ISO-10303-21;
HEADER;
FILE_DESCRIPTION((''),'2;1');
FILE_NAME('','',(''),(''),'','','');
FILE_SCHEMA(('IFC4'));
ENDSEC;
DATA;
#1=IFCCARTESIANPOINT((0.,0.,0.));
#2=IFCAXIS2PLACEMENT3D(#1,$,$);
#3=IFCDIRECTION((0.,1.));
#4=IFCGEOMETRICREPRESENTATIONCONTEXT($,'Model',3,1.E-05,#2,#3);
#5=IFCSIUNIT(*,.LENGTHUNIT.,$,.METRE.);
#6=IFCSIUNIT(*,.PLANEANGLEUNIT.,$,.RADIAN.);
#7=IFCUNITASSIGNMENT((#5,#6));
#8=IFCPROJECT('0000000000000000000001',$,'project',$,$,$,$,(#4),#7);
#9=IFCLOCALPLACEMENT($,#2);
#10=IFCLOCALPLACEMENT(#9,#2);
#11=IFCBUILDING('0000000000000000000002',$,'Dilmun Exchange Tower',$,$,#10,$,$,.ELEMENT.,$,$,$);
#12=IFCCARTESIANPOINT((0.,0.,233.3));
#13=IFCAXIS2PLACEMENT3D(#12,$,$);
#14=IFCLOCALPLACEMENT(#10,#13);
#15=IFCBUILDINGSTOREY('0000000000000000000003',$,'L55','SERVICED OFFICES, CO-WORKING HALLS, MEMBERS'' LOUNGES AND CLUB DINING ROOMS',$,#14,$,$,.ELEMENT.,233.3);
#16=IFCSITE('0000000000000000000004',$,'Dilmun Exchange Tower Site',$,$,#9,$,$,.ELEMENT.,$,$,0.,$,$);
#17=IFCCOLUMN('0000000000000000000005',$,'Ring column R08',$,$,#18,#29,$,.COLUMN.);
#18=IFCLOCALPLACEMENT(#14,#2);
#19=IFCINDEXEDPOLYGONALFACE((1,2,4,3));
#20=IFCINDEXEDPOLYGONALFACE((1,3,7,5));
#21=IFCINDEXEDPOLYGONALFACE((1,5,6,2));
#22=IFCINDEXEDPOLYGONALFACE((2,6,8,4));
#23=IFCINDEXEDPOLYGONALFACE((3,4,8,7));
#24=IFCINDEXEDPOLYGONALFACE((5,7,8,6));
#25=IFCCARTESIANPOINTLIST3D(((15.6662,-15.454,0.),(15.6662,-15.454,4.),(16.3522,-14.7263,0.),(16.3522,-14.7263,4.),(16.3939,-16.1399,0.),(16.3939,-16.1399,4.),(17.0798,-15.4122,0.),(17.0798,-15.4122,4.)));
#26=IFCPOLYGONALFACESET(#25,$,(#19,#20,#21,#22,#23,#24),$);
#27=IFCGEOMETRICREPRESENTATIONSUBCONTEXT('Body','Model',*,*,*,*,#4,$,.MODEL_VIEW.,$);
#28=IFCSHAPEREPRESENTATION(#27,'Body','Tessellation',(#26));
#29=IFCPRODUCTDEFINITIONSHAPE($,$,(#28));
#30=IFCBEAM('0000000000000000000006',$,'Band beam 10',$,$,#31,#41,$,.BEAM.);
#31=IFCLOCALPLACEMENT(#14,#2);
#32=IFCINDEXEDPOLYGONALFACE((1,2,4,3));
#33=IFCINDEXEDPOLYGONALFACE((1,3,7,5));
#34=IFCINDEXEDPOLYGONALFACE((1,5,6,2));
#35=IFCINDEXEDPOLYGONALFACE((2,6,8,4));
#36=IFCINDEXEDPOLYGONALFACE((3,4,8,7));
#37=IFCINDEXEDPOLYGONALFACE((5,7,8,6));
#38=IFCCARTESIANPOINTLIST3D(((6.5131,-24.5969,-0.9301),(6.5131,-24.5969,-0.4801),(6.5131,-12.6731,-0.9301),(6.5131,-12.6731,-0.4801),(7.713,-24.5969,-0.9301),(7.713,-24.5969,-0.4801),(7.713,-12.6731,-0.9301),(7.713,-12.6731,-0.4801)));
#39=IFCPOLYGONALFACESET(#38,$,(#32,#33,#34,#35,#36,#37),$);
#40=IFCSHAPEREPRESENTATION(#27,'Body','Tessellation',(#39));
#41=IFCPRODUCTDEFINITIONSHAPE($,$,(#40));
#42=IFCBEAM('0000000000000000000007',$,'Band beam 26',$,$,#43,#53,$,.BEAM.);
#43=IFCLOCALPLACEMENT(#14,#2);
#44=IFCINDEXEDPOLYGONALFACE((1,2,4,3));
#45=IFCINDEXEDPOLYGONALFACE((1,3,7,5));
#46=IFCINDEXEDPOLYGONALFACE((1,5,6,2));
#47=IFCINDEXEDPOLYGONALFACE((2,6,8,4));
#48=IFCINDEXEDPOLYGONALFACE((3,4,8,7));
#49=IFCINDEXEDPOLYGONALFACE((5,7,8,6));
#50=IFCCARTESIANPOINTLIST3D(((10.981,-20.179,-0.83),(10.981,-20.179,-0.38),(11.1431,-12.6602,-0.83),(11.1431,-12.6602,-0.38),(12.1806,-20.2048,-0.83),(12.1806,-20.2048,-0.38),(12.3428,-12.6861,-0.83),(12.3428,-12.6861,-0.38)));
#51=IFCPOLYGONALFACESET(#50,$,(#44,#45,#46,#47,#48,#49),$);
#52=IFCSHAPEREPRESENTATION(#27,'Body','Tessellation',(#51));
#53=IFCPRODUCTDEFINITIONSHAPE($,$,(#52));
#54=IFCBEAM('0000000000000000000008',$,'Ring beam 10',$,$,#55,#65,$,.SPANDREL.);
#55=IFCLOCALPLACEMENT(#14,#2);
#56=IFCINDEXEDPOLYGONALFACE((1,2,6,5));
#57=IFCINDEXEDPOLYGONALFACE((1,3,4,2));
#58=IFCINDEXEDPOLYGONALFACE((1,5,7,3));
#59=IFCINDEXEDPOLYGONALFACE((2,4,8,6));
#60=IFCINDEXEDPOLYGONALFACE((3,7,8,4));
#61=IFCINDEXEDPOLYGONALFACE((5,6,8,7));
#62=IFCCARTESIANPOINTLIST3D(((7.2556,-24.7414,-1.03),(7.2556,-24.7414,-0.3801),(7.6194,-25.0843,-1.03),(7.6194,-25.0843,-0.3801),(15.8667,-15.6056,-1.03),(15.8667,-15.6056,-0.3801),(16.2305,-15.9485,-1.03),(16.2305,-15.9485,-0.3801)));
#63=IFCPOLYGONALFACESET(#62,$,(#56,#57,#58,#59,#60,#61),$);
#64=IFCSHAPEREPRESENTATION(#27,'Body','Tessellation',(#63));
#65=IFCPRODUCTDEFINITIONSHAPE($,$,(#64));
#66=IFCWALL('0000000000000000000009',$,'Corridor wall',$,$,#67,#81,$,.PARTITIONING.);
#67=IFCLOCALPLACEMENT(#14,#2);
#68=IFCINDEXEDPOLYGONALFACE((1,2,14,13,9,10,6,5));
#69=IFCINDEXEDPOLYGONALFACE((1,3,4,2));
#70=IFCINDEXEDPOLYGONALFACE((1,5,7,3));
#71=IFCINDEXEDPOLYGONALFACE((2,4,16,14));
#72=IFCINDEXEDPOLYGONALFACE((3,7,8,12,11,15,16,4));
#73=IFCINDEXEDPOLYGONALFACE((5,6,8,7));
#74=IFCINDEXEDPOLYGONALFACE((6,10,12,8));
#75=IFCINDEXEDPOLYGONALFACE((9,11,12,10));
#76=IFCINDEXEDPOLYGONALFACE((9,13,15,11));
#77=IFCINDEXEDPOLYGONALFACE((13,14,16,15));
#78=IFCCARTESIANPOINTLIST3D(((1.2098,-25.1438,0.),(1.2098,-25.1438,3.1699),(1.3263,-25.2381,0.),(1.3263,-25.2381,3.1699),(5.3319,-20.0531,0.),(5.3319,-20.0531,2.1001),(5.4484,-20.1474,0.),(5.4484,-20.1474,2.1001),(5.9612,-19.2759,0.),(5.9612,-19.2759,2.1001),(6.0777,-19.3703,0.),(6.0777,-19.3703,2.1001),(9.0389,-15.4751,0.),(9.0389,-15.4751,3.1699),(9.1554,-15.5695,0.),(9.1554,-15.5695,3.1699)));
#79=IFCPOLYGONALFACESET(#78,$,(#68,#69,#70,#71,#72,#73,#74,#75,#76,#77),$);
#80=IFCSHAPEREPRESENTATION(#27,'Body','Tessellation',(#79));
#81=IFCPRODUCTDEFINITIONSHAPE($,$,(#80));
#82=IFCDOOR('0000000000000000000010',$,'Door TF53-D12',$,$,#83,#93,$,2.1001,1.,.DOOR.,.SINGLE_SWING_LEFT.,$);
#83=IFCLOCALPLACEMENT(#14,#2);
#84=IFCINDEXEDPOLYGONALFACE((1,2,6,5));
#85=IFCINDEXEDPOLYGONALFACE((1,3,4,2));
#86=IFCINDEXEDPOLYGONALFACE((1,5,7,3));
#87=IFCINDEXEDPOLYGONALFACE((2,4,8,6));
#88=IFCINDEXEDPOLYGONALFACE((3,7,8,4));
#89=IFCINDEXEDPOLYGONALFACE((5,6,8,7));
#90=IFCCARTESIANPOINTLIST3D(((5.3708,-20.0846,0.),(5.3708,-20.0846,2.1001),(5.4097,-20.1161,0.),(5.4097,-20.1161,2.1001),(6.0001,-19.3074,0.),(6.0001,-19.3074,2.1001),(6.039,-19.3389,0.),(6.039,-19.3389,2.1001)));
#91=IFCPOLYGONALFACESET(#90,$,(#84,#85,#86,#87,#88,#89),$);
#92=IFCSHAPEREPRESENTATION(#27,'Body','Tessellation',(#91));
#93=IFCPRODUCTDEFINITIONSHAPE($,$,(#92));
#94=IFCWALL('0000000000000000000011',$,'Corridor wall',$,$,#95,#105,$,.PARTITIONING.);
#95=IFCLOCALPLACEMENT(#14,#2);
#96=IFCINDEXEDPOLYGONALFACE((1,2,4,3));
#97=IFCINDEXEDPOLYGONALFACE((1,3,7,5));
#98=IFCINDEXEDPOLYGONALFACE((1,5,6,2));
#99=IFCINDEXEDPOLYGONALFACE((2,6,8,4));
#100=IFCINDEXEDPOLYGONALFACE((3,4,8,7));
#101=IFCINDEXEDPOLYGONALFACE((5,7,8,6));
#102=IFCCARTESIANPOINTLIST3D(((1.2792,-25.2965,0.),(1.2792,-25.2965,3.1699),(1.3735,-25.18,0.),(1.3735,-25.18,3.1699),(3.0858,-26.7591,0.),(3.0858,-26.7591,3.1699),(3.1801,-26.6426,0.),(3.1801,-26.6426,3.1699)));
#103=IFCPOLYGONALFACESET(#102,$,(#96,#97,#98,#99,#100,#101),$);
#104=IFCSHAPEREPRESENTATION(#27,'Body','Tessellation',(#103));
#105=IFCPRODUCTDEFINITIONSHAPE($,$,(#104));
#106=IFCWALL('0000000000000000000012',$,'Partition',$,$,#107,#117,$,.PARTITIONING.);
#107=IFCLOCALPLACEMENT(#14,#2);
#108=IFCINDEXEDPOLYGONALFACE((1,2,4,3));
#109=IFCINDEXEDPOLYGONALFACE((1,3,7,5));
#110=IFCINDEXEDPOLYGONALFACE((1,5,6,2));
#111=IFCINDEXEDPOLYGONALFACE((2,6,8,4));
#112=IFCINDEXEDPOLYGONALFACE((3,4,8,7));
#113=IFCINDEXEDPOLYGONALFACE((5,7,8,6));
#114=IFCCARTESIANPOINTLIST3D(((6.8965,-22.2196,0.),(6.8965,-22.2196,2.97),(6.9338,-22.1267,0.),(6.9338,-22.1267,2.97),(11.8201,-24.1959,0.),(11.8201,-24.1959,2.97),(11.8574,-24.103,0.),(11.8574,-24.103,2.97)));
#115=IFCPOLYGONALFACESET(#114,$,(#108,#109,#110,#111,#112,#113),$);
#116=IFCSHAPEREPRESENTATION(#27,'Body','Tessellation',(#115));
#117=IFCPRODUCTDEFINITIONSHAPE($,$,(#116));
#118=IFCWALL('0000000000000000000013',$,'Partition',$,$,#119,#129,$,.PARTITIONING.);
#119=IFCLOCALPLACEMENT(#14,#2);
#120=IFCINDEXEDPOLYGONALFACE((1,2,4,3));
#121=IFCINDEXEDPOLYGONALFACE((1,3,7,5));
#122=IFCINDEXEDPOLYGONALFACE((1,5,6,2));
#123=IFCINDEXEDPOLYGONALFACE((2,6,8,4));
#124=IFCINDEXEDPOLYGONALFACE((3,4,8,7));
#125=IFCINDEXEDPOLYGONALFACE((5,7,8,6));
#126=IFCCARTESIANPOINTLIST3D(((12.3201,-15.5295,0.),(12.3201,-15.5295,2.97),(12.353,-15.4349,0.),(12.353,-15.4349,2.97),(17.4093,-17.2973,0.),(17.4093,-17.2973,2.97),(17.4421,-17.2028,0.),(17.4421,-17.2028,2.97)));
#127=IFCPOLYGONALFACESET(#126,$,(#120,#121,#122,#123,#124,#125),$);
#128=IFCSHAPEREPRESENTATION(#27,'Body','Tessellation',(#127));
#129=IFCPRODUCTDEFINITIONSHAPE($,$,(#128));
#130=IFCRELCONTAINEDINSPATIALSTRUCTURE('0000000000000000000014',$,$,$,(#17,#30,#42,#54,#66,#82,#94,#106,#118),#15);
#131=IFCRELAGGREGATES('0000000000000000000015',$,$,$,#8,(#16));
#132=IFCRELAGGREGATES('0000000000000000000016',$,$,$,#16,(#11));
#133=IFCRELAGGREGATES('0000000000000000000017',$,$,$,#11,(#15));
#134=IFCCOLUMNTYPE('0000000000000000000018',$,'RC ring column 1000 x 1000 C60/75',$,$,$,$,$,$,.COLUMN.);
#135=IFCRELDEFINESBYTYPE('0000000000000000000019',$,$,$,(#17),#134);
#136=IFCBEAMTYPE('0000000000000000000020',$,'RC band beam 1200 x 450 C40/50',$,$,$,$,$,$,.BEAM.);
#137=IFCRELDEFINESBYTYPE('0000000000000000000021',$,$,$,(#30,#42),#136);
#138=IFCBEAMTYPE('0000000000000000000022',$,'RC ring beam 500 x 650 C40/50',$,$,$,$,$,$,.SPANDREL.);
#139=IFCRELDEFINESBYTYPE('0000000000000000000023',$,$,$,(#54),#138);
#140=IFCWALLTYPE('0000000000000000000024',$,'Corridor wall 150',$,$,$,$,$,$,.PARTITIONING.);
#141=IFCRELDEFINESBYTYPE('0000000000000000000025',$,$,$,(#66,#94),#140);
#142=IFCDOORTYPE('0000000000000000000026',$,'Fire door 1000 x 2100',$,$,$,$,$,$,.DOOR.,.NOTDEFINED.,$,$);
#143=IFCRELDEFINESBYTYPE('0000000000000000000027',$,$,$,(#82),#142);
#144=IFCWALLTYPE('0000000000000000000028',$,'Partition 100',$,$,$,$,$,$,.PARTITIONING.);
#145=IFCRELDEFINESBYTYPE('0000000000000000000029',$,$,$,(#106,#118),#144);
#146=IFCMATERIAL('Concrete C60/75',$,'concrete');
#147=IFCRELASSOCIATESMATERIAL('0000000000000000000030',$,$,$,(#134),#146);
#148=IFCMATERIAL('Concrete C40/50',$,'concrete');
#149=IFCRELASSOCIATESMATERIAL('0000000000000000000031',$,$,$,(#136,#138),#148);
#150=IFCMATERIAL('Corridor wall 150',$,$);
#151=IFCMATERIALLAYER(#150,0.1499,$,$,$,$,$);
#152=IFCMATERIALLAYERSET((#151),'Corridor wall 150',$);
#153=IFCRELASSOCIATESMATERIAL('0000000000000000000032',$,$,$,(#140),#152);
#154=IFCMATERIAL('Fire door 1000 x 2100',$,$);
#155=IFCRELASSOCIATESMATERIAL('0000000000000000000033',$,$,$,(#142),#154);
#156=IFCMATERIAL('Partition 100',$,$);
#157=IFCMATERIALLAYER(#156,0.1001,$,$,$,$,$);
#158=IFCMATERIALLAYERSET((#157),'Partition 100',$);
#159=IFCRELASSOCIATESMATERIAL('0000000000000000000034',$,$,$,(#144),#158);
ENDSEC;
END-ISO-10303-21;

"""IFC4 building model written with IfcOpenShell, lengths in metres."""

from ifc_helpers import new_model, si_unit, direction, frame, frame_2d, origin, origin_2d, place, context, subcontext, project, spatial, rectangle, extrude, material, layer, layer_set, material_profile, profile_set, type_object, element, fill, save


model = new_model("IFC4")

# Units and contexts
model_context = context("Model", 3, precision=1e-05, world=origin(), true_north=direction((0.0, 1.0)))
body_context = subcontext(model_context, "Body", "Model", "MODEL_VIEW")
ifc_project = project(units=[si_unit("LENGTHUNIT", "METRE"), si_unit("PLANEANGLEUNIT", "RADIAN")], contexts=[model_context])

# Site, building, storey
site_placement = place(None, origin())
site = spatial("IfcSite", under=ifc_project, at=site_placement, Name="Dilmun Exchange Tower Site", CompositionType="ELEMENT", RefElevation=0.0)
building_placement = place(site_placement, origin())
building = spatial("IfcBuilding", under=site, at=building_placement, Name="Dilmun Exchange Tower", CompositionType="ELEMENT")
storey_placement = place(building_placement, frame((0.0, 0.0, 233.3)))
storey = spatial("IfcBuildingStorey", under=building, at=storey_placement, Name="L55", Description="SERVICED OFFICES, CO-WORKING HALLS, MEMBERS' LOUNGES AND CLUB DINING ROOMS", CompositionType="ELEMENT", Elevation=233.3)

# Column
ifc_material_1 = material(Name="Concrete C60/75", Category="concrete")
ifc_material_profile_1 = material_profile(ifc_material_1, rectangle(XDim=1.0, YDim=1.0, at=origin_2d()), Name="1000 x 1000")
ifc_profile_set_1 = profile_set([ifc_material_profile_1], Name="Concrete C60/75")
column_type = type_object("IfcColumnType", Name="RC ring column 1000 x 1000 C60/75", PredefinedType="COLUMN", material=ifc_profile_set_1)
column_placement = place(storey_placement, frame((16.373, -15.4331, 0.0), z_axis=(0.0, 0.0, 1.0), x_axis=(0.685916, 0.727681, 0.0)))
element("IfcColumn", 1, at=column_placement, inside=storey, type_object=column_type, Name="Ring column R08", PredefinedType="COLUMN", context=body_context, shape_type="SweptSolid", body=[
    extrude(rectangle(XDim=1.0, YDim=1.0, at=origin_2d()), origin(), (0.0, 0.0, 1.0), 4.0),
])

# Beams
ifc_material_2 = material(Name="Concrete C40/50", Category="concrete")
ifc_material_profile_2 = material_profile(ifc_material_2, rectangle(XDim=1.2, YDim=0.45, at=origin_2d()), Name="1200 x 450")
ifc_profile_set_2 = profile_set([ifc_material_profile_2], Name="Concrete C40/50")
beam_type_1 = type_object("IfcBeamType", Name="RC band beam 1200 x 450 C40/50", PredefinedType="BEAM", material=ifc_profile_set_2)
beam_1_placement = place(storey_placement, frame((7.113, -24.5969, -0.7051), z_axis=(0.0, 1.0, 0.0), x_axis=(-1.0, 0.0, 0.0)))
element("IfcBeam", 2, at=beam_1_placement, inside=storey, type_object=beam_type_1, Name="Band beam 10", PredefinedType="BEAM", context=body_context, shape_type="SweptSolid", body=[
    extrude(rectangle(XDim=1.2, YDim=0.45, at=origin_2d()), origin(), (0.0, 0.0, 1.0), 11.9238),
])
beam_2_placement = place(storey_placement, frame((11.5808, -20.1919, -0.605), z_axis=(0.021556, 0.999768, 0.0), x_axis=(-0.999768, 0.021556, 0.0)))
element("IfcBeam", 3, at=beam_2_placement, inside=storey, type_object=beam_type_1, Name="Band beam 26", PredefinedType="BEAM", context=body_context, shape_type="SweptSolid", body=[
    extrude(rectangle(XDim=1.2, YDim=0.45, at=origin_2d()), origin(), (0.0, 0.0, 1.0), 7.5205),
])
ifc_material_profile_3 = material_profile(ifc_material_2, rectangle(XDim=0.5, YDim=0.6499, at=origin_2d()), Name="500 x 650")
ifc_profile_set_3 = profile_set([ifc_material_profile_3], Name="Concrete C40/50")
beam_type_2 = type_object("IfcBeamType", Name="RC ring beam 500 x 650 C40/50", PredefinedType="SPANDREL", material=ifc_profile_set_3)
beam_3_placement = place(storey_placement, frame((7.4375, -24.9128, -0.7051), z_axis=(0.685903, 0.727693, 0.0), x_axis=(-0.727693, 0.685903, 0.0)))
element("IfcBeam", 4, at=beam_3_placement, inside=storey, type_object=beam_type_2, Name="Ring beam 10", PredefinedType="SPANDREL", context=body_context, shape_type="SweptSolid", body=[
    extrude(rectangle(XDim=0.5, YDim=0.6499, at=origin_2d()), origin(), (0.0, 0.0, 1.0), 12.5544),
])

# Wall, opening, door
ifc_material_3 = material(Name="Corridor wall 150")
ifc_layer_1 = layer(ifc_material_3, 0.1499)
ifc_layer_set_1 = layer_set([ifc_layer_1], Name="Corridor wall 150")
wall_type_1 = type_object("IfcWallType", Name="Corridor wall 150", PredefinedType="PARTITIONING", material=ifc_layer_set_1)
wall_1_placement = place(storey_placement, frame((1.2681, -25.1909, 0.0), z_axis=(0.0, 0.0, 1.0), x_axis=(0.629298, 0.777164, 0.0)))
wall_1 = element("IfcWall", 5, at=wall_1_placement, inside=storey, type_object=wall_type_1, Name="Corridor wall", PredefinedType="PARTITIONING", context=body_context, shape_type="SweptSolid", body=[
    extrude(rectangle(XDim=12.4409, YDim=0.1499, at=frame_2d((6.2205, 0.0))), origin(), (0.0, 0.0, 1.0), 3.1699),
])
opening_placement = place(wall_1_placement, frame((6.5503, 0.0, 0.0)))
opening = element("IfcOpeningElement", 6, at=opening_placement, cuts=wall_1, PredefinedType="OPENING", context=body_context, shape_type="SweptSolid", body=[
    extrude(rectangle(XDim=1.0, YDim=2.1001, at=frame_2d((0.5, 1.05))), frame((0.0, 0.085, 0.0), z_axis=(0.0, -1.0, 0.0), x_axis=(1.0, 0.0, 0.0)), (0.0, 0.0, 1.0), 0.1699),
])
ifc_material_4 = material(Name="Fire door 1000 x 2100")
door_type = type_object("IfcDoorType", Name="Fire door 1000 x 2100", OperationType="NOTDEFINED", PredefinedType="DOOR", material=ifc_material_4)
door_placement = place(opening_placement, origin())
door = element("IfcDoor", 7, at=door_placement, inside=storey, type_object=door_type, Name="Door TF53-D12", OperationType="SINGLE_SWING_LEFT", OverallHeight=2.1001, OverallWidth=1.0, PredefinedType="DOOR", context=body_context, shape_type="SweptSolid", body=[
    extrude(rectangle(XDim=1.0, YDim=2.1001, at=frame_2d((0.5, 1.05))), frame((0.0, 0.0249, 0.0), z_axis=(0.0, -1.0, 0.0), x_axis=(1.0, 0.0, 0.0)), (0.0, 0.0, 1.0), 0.05),
])
fill(opening, door)

# Walls
wall_2_placement = place(storey_placement, frame((1.3264, -25.2383, 0.0), z_axis=(0.0, 0.0, 1.0), x_axis=(0.777218, -0.629231, 0.0)))
element("IfcWall", 8, at=wall_2_placement, inside=storey, type_object=wall_type_1, Name="Corridor wall", PredefinedType="PARTITIONING", context=body_context, shape_type="SweptSolid", body=[
    extrude(rectangle(XDim=2.3245, YDim=0.1499, at=frame_2d((1.1621, 0.0))), origin(), (0.0, 0.0, 1.0), 3.1699),
])
ifc_material_5 = material(Name="Partition 100")
ifc_layer_2 = layer(ifc_material_5, 0.1001)
ifc_layer_set_2 = layer_set([ifc_layer_2], Name="Partition 100")
wall_type_2 = type_object("IfcWallType", Name="Partition 100", PredefinedType="PARTITIONING", material=ifc_layer_set_2)
wall_3_placement = place(storey_placement, frame((6.915, -22.1731, 0.0), z_axis=(0.0, 0.0, 1.0), x_axis=(0.928029, -0.372509, 0.0)))
element("IfcWall", 9, at=wall_3_placement, inside=storey, type_object=wall_type_2, Name="Partition", PredefinedType="PARTITIONING", context=body_context, shape_type="SweptSolid", body=[
    extrude(rectangle(XDim=5.3054, YDim=0.1001, at=frame_2d((2.6528, 0.0))), origin(), (0.0, 0.0, 1.0), 2.97),
])
wall_4_placement = place(storey_placement, frame((12.3364, -15.4822, 0.0), z_axis=(0.0, 0.0, 1.0), x_axis=(0.944629, -0.328139, 0.0)))
element("IfcWall", 10, at=wall_4_placement, inside=storey, type_object=wall_type_2, Name="Partition", PredefinedType="PARTITIONING", context=body_context, shape_type="SweptSolid", body=[
    extrude(rectangle(XDim=5.3875, YDim=0.1001, at=frame_2d((2.6938, 0.0))), origin(), (0.0, 0.0, 1.0), 2.97),
])

save(model, "model.ifc")
